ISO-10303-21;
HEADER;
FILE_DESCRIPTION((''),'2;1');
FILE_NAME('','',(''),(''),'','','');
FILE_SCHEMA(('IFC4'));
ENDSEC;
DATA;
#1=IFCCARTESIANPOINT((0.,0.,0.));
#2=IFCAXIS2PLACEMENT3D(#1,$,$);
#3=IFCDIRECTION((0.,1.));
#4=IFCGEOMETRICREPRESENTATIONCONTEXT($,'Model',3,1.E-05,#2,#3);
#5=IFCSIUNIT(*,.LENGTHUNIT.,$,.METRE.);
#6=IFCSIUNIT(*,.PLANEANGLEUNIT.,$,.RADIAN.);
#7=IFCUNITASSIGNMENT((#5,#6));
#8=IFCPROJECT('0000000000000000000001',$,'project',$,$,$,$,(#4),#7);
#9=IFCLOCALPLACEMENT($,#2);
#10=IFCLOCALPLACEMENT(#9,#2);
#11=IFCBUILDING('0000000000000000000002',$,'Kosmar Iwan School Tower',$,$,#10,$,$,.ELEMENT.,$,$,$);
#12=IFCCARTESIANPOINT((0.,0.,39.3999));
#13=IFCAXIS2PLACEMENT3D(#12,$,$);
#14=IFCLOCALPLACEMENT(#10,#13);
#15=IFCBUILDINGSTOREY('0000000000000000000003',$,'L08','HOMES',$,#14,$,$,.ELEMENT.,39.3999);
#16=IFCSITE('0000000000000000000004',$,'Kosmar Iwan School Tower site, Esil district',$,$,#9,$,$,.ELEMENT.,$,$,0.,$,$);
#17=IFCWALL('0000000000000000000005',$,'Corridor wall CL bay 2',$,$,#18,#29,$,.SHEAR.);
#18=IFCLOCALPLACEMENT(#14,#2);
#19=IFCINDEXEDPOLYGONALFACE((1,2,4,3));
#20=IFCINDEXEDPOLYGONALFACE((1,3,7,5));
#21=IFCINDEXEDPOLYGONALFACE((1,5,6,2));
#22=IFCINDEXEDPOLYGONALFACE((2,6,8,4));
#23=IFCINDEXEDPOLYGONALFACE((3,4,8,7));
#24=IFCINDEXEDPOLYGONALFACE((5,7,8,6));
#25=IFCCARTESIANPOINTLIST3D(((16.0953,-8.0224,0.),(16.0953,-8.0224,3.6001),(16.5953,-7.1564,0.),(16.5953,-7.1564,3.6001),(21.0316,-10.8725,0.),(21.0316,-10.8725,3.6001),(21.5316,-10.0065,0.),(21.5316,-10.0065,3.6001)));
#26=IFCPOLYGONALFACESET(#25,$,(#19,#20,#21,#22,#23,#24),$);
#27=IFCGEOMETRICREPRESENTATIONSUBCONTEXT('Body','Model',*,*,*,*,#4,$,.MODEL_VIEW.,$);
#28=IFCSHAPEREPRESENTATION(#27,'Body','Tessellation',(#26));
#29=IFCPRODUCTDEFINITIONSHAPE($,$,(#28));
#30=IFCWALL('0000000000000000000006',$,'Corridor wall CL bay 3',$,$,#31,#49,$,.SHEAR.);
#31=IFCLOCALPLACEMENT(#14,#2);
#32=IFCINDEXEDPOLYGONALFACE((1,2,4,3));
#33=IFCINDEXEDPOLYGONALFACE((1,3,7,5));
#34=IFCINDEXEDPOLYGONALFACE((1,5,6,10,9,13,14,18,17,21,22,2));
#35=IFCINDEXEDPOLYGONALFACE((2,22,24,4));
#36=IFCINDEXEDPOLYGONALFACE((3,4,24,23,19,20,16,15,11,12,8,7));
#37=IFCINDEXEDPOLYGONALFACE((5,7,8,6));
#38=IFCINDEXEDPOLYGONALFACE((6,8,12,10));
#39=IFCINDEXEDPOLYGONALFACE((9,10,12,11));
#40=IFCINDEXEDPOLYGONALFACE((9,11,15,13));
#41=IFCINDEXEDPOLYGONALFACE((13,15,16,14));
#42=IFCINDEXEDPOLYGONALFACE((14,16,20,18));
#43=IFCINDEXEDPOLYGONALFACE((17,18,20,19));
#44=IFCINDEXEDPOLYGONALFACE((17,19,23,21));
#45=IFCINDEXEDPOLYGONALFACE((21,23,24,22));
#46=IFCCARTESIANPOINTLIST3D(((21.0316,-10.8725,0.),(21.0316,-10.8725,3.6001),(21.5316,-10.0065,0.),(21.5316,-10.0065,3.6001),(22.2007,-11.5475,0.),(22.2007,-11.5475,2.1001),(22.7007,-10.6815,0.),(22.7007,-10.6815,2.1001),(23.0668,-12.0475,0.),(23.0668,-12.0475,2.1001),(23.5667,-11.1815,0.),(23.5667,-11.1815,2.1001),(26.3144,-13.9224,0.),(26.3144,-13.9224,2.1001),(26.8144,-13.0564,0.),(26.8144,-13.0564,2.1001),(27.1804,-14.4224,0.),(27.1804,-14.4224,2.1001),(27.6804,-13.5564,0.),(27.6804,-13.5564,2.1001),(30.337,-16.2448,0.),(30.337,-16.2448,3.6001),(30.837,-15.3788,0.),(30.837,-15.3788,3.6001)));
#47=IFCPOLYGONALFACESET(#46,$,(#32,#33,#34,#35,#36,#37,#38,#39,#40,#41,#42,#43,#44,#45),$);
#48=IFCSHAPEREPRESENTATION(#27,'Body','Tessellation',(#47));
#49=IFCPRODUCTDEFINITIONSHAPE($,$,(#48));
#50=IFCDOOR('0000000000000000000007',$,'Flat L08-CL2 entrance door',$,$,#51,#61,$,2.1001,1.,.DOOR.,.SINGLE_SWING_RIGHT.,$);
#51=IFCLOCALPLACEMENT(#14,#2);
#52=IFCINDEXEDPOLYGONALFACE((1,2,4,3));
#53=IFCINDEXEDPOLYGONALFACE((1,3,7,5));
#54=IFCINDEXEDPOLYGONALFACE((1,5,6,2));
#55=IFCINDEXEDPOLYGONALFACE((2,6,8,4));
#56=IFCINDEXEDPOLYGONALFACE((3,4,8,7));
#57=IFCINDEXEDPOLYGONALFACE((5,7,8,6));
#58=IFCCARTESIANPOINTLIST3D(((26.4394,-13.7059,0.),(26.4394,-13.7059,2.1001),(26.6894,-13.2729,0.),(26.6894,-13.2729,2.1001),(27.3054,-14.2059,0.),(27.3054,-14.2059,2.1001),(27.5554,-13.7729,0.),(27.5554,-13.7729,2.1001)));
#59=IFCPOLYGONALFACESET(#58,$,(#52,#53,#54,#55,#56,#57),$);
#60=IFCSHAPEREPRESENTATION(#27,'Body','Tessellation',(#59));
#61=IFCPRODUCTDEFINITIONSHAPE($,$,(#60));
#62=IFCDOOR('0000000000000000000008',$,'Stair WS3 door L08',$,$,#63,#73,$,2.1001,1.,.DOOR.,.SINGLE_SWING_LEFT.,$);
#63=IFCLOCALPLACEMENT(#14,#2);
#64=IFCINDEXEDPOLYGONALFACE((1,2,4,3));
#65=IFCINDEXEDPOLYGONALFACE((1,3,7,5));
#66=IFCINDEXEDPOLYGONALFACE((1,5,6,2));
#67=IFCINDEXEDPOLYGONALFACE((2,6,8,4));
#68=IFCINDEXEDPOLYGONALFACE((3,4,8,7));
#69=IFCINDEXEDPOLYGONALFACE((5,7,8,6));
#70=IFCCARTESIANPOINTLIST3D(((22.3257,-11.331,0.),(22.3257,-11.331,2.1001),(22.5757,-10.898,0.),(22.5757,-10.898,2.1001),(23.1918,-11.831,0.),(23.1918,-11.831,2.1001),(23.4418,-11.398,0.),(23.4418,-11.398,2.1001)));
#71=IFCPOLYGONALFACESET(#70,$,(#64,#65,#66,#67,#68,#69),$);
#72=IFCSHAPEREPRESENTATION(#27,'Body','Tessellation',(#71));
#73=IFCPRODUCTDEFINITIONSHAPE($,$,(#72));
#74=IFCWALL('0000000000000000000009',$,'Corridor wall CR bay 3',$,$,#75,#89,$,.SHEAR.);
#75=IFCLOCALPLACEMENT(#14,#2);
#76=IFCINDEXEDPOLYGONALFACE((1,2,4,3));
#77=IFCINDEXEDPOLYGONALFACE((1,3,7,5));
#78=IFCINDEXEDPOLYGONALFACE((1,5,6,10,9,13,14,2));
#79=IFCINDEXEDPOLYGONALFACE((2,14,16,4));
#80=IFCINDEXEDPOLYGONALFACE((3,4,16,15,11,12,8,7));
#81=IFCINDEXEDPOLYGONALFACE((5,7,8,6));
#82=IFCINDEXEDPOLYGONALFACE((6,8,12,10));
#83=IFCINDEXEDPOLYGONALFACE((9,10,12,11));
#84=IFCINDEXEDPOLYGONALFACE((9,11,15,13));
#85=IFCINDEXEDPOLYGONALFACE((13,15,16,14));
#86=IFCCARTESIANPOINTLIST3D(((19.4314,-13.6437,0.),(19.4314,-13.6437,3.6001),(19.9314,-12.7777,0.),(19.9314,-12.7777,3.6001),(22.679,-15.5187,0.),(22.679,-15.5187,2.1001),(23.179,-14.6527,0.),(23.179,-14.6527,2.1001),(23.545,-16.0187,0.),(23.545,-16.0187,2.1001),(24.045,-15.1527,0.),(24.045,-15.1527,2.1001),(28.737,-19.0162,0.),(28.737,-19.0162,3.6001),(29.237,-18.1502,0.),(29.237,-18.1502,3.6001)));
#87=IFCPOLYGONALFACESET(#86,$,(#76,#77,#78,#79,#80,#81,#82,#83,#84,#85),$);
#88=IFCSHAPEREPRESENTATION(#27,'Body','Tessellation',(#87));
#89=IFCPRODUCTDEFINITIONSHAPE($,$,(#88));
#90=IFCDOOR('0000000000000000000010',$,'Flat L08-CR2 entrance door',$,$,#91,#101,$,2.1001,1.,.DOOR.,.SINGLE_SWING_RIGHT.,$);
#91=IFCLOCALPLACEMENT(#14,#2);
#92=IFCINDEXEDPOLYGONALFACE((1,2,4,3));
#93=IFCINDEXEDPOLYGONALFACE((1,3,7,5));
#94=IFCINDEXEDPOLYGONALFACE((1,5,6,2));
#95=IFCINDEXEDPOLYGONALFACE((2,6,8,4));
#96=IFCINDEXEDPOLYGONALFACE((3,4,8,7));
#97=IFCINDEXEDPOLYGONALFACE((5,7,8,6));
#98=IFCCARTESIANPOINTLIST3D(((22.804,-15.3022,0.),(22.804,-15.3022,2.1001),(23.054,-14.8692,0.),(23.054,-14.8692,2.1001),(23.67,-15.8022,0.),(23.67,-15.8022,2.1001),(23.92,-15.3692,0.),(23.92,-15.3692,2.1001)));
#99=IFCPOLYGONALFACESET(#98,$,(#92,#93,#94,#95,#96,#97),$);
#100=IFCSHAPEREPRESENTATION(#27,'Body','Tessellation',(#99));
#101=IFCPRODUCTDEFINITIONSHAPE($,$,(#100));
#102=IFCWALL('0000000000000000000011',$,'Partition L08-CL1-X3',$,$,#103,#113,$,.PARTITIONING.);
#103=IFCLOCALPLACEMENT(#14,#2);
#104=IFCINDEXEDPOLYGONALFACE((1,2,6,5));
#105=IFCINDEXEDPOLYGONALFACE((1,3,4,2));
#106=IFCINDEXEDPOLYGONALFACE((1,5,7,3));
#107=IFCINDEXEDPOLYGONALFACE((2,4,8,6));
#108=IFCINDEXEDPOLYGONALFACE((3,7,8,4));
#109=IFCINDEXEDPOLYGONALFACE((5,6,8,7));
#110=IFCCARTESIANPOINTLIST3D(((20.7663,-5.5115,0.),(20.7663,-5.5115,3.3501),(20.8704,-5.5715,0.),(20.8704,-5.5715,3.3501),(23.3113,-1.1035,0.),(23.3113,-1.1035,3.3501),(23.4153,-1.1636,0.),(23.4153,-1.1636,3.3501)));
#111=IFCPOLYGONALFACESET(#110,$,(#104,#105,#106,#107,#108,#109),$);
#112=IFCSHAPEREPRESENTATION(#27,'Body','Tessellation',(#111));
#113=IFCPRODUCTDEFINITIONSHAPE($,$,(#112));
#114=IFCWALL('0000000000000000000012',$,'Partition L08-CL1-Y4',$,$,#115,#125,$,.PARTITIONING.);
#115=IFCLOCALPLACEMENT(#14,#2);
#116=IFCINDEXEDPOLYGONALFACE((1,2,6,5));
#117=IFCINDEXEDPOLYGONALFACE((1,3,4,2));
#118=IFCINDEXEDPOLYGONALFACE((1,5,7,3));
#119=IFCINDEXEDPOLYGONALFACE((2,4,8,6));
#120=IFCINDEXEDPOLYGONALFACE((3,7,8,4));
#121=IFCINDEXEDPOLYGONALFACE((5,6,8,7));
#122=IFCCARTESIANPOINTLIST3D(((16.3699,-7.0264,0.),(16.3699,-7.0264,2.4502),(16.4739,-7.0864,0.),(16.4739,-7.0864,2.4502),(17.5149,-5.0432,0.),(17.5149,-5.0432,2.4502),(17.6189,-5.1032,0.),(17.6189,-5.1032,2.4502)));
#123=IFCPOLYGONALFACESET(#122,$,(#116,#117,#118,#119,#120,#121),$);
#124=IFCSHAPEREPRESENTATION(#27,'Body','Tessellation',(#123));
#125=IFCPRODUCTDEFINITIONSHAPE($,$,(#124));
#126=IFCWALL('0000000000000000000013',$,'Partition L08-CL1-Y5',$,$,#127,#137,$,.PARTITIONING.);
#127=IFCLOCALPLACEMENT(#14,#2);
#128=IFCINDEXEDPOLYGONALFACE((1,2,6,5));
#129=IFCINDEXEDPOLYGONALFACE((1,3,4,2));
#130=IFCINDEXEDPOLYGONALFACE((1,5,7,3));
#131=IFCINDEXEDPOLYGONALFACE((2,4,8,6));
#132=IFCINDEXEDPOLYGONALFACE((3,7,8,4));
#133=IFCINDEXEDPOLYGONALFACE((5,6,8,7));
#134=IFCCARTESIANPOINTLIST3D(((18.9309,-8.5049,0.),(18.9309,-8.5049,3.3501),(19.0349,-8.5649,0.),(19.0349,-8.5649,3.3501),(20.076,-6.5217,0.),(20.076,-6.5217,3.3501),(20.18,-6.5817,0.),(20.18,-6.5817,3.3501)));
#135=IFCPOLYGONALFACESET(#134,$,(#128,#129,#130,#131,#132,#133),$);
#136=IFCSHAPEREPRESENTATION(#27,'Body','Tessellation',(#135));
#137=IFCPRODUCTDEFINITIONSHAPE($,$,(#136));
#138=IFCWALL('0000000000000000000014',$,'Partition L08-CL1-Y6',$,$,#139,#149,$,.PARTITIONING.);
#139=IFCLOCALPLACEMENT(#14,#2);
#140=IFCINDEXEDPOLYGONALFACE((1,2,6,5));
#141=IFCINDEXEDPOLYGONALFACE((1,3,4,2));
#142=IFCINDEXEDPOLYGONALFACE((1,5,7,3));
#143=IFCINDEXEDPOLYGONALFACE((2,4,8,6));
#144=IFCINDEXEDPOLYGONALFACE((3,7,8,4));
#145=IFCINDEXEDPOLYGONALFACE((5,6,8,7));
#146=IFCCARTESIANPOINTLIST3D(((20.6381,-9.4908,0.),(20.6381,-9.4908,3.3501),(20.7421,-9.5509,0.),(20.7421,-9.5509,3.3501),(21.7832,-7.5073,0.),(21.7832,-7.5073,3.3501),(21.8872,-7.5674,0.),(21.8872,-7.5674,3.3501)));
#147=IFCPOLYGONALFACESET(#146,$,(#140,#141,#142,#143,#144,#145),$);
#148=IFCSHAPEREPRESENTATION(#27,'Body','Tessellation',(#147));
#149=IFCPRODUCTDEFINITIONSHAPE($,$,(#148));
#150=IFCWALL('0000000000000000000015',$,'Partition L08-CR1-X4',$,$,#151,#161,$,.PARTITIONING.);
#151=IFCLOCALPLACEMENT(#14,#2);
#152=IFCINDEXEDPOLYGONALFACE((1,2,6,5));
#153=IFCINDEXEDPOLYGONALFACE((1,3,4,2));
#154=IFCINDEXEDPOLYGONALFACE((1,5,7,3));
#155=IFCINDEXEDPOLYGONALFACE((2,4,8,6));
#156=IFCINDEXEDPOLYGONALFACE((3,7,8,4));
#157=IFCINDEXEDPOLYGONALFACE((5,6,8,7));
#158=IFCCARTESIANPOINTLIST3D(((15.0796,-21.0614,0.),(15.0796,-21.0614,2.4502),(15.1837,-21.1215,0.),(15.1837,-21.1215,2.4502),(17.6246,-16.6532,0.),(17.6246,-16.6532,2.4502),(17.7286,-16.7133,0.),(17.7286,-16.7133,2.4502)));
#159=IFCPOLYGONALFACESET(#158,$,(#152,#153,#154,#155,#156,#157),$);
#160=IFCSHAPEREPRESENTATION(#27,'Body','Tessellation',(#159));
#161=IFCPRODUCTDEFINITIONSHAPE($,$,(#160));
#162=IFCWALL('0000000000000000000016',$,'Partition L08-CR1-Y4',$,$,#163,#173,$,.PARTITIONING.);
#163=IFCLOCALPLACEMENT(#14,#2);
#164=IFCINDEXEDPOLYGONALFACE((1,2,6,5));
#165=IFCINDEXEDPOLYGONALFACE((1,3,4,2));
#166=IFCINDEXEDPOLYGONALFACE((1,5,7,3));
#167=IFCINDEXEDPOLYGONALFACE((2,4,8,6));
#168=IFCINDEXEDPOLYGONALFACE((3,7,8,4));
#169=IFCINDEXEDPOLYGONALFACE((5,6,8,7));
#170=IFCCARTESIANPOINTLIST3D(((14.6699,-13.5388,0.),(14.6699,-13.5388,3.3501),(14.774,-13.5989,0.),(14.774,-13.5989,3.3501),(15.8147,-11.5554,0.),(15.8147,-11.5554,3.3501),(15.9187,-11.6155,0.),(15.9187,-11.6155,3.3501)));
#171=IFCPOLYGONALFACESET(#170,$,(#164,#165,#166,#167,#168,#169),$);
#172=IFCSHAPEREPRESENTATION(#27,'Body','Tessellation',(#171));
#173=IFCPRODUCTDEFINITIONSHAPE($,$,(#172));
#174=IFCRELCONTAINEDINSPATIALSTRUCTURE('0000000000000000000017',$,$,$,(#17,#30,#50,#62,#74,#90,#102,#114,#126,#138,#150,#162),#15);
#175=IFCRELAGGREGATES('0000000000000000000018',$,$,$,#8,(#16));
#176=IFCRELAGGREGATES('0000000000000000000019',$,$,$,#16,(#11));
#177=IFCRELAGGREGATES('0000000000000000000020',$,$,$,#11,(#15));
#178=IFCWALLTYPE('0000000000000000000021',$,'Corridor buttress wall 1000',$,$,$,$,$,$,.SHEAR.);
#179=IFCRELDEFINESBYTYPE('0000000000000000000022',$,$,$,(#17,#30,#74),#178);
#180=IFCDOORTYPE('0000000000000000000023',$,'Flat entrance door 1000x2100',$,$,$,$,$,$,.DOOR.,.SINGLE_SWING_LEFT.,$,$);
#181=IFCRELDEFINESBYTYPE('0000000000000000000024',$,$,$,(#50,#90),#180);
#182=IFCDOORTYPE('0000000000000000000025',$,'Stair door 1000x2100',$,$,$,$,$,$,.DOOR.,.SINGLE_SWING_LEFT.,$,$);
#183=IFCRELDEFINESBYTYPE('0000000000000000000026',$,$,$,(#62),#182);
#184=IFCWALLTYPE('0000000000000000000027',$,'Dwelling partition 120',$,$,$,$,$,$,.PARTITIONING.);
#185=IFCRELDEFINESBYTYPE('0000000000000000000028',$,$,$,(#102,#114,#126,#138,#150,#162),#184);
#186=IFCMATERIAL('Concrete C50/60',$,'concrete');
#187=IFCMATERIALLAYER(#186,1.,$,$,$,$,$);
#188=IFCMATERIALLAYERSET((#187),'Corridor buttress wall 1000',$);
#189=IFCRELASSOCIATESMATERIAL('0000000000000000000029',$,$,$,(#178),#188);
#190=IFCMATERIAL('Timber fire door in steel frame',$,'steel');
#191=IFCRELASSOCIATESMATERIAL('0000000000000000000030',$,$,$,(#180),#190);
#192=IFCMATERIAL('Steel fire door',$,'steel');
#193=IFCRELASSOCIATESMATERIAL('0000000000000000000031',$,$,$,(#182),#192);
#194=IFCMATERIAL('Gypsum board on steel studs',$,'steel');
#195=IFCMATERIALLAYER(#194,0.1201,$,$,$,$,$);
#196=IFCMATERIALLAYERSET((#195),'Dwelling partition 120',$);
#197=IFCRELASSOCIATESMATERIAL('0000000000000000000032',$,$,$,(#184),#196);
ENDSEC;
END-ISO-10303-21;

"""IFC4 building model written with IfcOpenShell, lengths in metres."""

from ifc_helpers import new_model, si_unit, direction, frame, frame_2d, origin, place, context, subcontext, project, spatial, rectangle, extrude, material, layer, layer_set, type_object, element, fill, save


model = new_model("IFC4")

# Units and contexts
model_context = context("Model", 3, precision=1e-05, world=origin(), true_north=direction((0.0, 1.0)))
body_context = subcontext(model_context, "Body", "Model", "MODEL_VIEW")
ifc_project = project(units=[si_unit("LENGTHUNIT", "METRE"), si_unit("PLANEANGLEUNIT", "RADIAN")], contexts=[model_context])

# Site, building, storey
site_placement = place(None, origin())
site = spatial("IfcSite", under=ifc_project, at=site_placement, Name="Kosmar Iwan School Tower site, Esil district", CompositionType="ELEMENT", RefElevation=0.0)
building_placement = place(site_placement, origin())
building = spatial("IfcBuilding", under=site, at=building_placement, Name="Kosmar Iwan School Tower", CompositionType="ELEMENT")
storey_placement = place(building_placement, frame((0.0, 0.0, 39.3999)))
storey = spatial("IfcBuildingStorey", under=building, at=storey_placement, Name="L08", Description="HOMES", CompositionType="ELEMENT", Elevation=39.3999)

# Wall
ifc_material_1 = material(Name="Concrete C50/60", Category="concrete")
ifc_layer_1 = layer(ifc_material_1, 1.0)
ifc_layer_set_1 = layer_set([ifc_layer_1], Name="Corridor buttress wall 1000")
wall_type_1 = type_object("IfcWallType", Name="Corridor buttress wall 1000", PredefinedType="SHEAR", material=ifc_layer_set_1)
wall_1_placement = place(storey_placement, frame((16.3452, -7.5894, 0.0), z_axis=(0.0, 0.0, 1.0), x_axis=(0.866015, -0.500018, 0.0)))
element("IfcWall", 1, at=wall_1_placement, inside=storey, type_object=wall_type_1, Name="Corridor wall CL bay 2", PredefinedType="SHEAR", context=body_context, shape_type="SweptSolid", body=[
    extrude(rectangle(XDim=5.7, YDim=1.0, at=frame_2d((2.8501, 0.0))), origin(), (0.0, 0.0, 1.0), 3.6001),
])

# Wall, openings, doors
wall_2_placement = place(storey_placement, frame((21.2815, -10.4395, 0.0), z_axis=(0.0, 0.0, 1.0), x_axis=(0.866032, -0.499988, 0.0)))
wall_2 = element("IfcWall", 2, at=wall_2_placement, inside=storey, type_object=wall_type_1, Name="Corridor wall CL bay 3", PredefinedType="SHEAR", context=body_context, shape_type="SweptSolid", body=[
    extrude(rectangle(XDim=10.7449, YDim=1.0, at=frame_2d((5.3726, 0.0))), origin(), (0.0, 0.0, 1.0), 3.6001),
])
opening_1_placement = place(wall_2_placement, frame((6.1001, 0.0, 0.0)))
opening_1 = element("IfcOpeningElement", 3, at=opening_1_placement, cuts=wall_2, PredefinedType="OPENING", context=body_context, shape_type="SweptSolid", body=[
    extrude(rectangle(XDim=1.0, YDim=2.1001, at=frame_2d((0.5, 1.05))), frame((0.0, 0.512, 0.0), z_axis=(0.0, -1.0, 0.0), x_axis=(1.0, 0.0, 0.0)), (0.0, 0.0, 1.0), 1.0239),
])
opening_2_placement = place(wall_2_placement, frame((1.3501, 0.0, 0.0)))
opening_2 = element("IfcOpeningElement", 4, at=opening_2_placement, cuts=wall_2, PredefinedType="OPENING", context=body_context, shape_type="SweptSolid", body=[
    extrude(rectangle(XDim=1.0, YDim=2.1001, at=frame_2d((0.5, 1.05))), frame((0.0, 0.512, 0.0), z_axis=(0.0, -1.0, 0.0), x_axis=(1.0, 0.0, 0.0)), (0.0, 0.0, 1.0), 1.0239),
])
ifc_material_2 = material(Name="Timber fire door in steel frame", Category="steel")
door_type_1 = type_object("IfcDoorType", Name="Flat entrance door 1000x2100", OperationType="SINGLE_SWING_LEFT", PredefinedType="DOOR", material=ifc_material_2)
door_1_placement = place(opening_1_placement, origin())
door_1 = element("IfcDoor", 5, at=door_1_placement, inside=storey, type_object=door_type_1, Name="Flat L08-CL2 entrance door", OperationType="SINGLE_SWING_RIGHT", OverallHeight=2.1001, OverallWidth=1.0, PredefinedType="DOOR", context=body_context, shape_type="SweptSolid", body=[
    extrude(rectangle(XDim=1.0, YDim=2.1001, at=frame_2d((0.5, 1.05))), frame((0.0, 0.25, 0.0), z_axis=(0.0, -1.0, 0.0), x_axis=(1.0, 0.0, 0.0)), (0.0, 0.0, 1.0), 0.5),
])
fill(opening_1, door_1)
ifc_material_3 = material(Name="Steel fire door", Category="steel")
door_type_2 = type_object("IfcDoorType", Name="Stair door 1000x2100", OperationType="SINGLE_SWING_LEFT", PredefinedType="DOOR", material=ifc_material_3)
door_2_placement = place(opening_2_placement, origin())
door_2 = element("IfcDoor", 6, at=door_2_placement, inside=storey, type_object=door_type_2, Name="Stair WS3 door L08", OperationType="SINGLE_SWING_LEFT", OverallHeight=2.1001, OverallWidth=1.0, PredefinedType="DOOR", context=body_context, shape_type="SweptSolid", body=[
    extrude(rectangle(XDim=1.0, YDim=2.1001, at=frame_2d((0.5, 1.05))), frame((0.0, 0.25, 0.0), z_axis=(0.0, -1.0, 0.0), x_axis=(1.0, 0.0, 0.0)), (0.0, 0.0, 1.0), 0.5),
])
fill(opening_2, door_2)

# Wall, opening, door
wall_3_placement = place(storey_placement, frame((19.6814, -13.2107, 0.0), z_axis=(0.0, 0.0, 1.0), x_axis=(0.866028, -0.499995, 0.0)))
wall_3 = element("IfcWall", 7, at=wall_3_placement, inside=storey, type_object=wall_type_1, Name="Corridor wall CR bay 3", PredefinedType="SHEAR", context=body_context, shape_type="SweptSolid", body=[
    extrude(rectangle(XDim=10.7451, YDim=1.0, at=frame_2d((5.3726, 0.0))), origin(), (0.0, 0.0, 1.0), 3.6001),
])
opening_3_placement = place(wall_3_placement, frame((3.75, 0.0, 0.0)))
opening_3 = element("IfcOpeningElement", 8, at=opening_3_placement, cuts=wall_3, PredefinedType="OPENING", context=body_context, shape_type="SweptSolid", body=[
    extrude(rectangle(XDim=1.0, YDim=2.1001, at=frame_2d((0.5, 1.05))), frame((0.0, 0.512, 0.0), z_axis=(0.0, -1.0, 0.0), x_axis=(1.0, 0.0, 0.0)), (0.0, 0.0, 1.0), 1.0239),
])
door_3_placement = place(opening_3_placement, origin())
door_3 = element("IfcDoor", 9, at=door_3_placement, inside=storey, type_object=door_type_1, Name="Flat L08-CR2 entrance door", OperationType="SINGLE_SWING_RIGHT", OverallHeight=2.1001, OverallWidth=1.0, PredefinedType="DOOR", context=body_context, shape_type="SweptSolid", body=[
    extrude(rectangle(XDim=1.0, YDim=2.1001, at=frame_2d((0.5, 1.05))), frame((0.0, 0.25, 0.0), z_axis=(0.0, -1.0, 0.0), x_axis=(1.0, 0.0, 0.0)), (0.0, 0.0, 1.0), 0.5),
])
fill(opening_3, door_3)

# Walls
ifc_material_4 = material(Name="Gypsum board on steel studs", Category="steel")
ifc_layer_2 = layer(ifc_material_4, 0.1201)
ifc_layer_set_2 = layer_set([ifc_layer_2], Name="Dwelling partition 120")
wall_type_2 = type_object("IfcWallType", Name="Dwelling partition 120", PredefinedType="PARTITIONING", material=ifc_layer_set_2)
wall_4_placement = place(storey_placement, frame((20.8184, -5.5415, 0.0), z_axis=(0.0, 0.0, 1.0), x_axis=(0.499998, 0.866027, 0.0)))
element("IfcWall", 10, at=wall_4_placement, inside=storey, type_object=wall_type_2, Name="Partition L08-CL1-X3", PredefinedType="PARTITIONING", context=body_context, shape_type="SweptSolid", body=[
    extrude(rectangle(XDim=5.0898, YDim=0.1201, at=frame_2d((2.5449, 0.0))), origin(), (0.0, 0.0, 1.0), 3.3501),
])
wall_5_placement = place(storey_placement, frame((16.4219, -7.0564, 0.0), z_axis=(0.0, 0.0, 1.0), x_axis=(0.500015, 0.866017, 0.0)))
element("IfcWall", 11, at=wall_5_placement, inside=storey, type_object=wall_type_2, Name="Partition L08-CL1-Y4", PredefinedType="PARTITIONING", context=body_context, shape_type="SweptSolid", body=[
    extrude(rectangle(XDim=2.29, YDim=0.1201, at=frame_2d((1.145, 0.0))), origin(), (0.0, 0.0, 1.0), 2.4502),
])
wall_6_placement = place(storey_placement, frame((18.9829, -8.5349, 0.0), z_axis=(0.0, 0.0, 1.0), x_axis=(0.500015, 0.866017, 0.0)))
element("IfcWall", 12, at=wall_6_placement, inside=storey, type_object=wall_type_2, Name="Partition L08-CL1-Y5", PredefinedType="PARTITIONING", context=body_context, shape_type="SweptSolid", body=[
    extrude(rectangle(XDim=2.29, YDim=0.1201, at=frame_2d((1.145, 0.0))), origin(), (0.0, 0.0, 1.0), 3.3501),
])
wall_7_placement = place(storey_placement, frame((20.6902, -9.5208, 0.0), z_axis=(0.0, 0.0, 1.0), x_axis=(0.499969, 0.866044, 0.0)))
element("IfcWall", 13, at=wall_7_placement, inside=storey, type_object=wall_type_2, Name="Partition L08-CL1-Y6", PredefinedType="PARTITIONING", context=body_context, shape_type="SweptSolid", body=[
    extrude(rectangle(XDim=2.2903, YDim=0.1201, at=frame_2d((1.145, 0.0))), origin(), (0.0, 0.0, 1.0), 3.3501),
])
wall_8_placement = place(storey_placement, frame((17.6765, -16.6833, 0.0), z_axis=(0.0, 0.0, 1.0), x_axis=(-0.499977, -0.866039, 0.0)))
element("IfcWall", 14, at=wall_8_placement, inside=storey, type_object=wall_type_2, Name="Partition L08-CR1-X4", PredefinedType="PARTITIONING", context=body_context, shape_type="SweptSolid", body=[
    extrude(rectangle(XDim=5.0901, YDim=0.1201, at=frame_2d((2.5449, 0.0))), origin(), (0.0, 0.0, 1.0), 2.4502),
])
for number, where, z_axis, x_axis, name in (
    (15, (15.8667, -11.5854, 0.0), (0.0, 0.0, 1.0), (-0.499889, -0.86609, 0.0), "Partition L08-CR1-Y4"),
):
    element("IfcWall", number, at=place(storey_placement, frame(where, z_axis=z_axis, x_axis=x_axis)), inside=storey, type_object=wall_type_2, Name=name, PredefinedType="PARTITIONING", context=body_context, shape_type="SweptSolid", body=[
        extrude(rectangle(XDim=2.29, YDim=0.1201, at=frame_2d((1.145, 0.0))), origin(), (0.0, 0.0, 1.0), 3.3501),
    ])

save(model, "model.ifc")
